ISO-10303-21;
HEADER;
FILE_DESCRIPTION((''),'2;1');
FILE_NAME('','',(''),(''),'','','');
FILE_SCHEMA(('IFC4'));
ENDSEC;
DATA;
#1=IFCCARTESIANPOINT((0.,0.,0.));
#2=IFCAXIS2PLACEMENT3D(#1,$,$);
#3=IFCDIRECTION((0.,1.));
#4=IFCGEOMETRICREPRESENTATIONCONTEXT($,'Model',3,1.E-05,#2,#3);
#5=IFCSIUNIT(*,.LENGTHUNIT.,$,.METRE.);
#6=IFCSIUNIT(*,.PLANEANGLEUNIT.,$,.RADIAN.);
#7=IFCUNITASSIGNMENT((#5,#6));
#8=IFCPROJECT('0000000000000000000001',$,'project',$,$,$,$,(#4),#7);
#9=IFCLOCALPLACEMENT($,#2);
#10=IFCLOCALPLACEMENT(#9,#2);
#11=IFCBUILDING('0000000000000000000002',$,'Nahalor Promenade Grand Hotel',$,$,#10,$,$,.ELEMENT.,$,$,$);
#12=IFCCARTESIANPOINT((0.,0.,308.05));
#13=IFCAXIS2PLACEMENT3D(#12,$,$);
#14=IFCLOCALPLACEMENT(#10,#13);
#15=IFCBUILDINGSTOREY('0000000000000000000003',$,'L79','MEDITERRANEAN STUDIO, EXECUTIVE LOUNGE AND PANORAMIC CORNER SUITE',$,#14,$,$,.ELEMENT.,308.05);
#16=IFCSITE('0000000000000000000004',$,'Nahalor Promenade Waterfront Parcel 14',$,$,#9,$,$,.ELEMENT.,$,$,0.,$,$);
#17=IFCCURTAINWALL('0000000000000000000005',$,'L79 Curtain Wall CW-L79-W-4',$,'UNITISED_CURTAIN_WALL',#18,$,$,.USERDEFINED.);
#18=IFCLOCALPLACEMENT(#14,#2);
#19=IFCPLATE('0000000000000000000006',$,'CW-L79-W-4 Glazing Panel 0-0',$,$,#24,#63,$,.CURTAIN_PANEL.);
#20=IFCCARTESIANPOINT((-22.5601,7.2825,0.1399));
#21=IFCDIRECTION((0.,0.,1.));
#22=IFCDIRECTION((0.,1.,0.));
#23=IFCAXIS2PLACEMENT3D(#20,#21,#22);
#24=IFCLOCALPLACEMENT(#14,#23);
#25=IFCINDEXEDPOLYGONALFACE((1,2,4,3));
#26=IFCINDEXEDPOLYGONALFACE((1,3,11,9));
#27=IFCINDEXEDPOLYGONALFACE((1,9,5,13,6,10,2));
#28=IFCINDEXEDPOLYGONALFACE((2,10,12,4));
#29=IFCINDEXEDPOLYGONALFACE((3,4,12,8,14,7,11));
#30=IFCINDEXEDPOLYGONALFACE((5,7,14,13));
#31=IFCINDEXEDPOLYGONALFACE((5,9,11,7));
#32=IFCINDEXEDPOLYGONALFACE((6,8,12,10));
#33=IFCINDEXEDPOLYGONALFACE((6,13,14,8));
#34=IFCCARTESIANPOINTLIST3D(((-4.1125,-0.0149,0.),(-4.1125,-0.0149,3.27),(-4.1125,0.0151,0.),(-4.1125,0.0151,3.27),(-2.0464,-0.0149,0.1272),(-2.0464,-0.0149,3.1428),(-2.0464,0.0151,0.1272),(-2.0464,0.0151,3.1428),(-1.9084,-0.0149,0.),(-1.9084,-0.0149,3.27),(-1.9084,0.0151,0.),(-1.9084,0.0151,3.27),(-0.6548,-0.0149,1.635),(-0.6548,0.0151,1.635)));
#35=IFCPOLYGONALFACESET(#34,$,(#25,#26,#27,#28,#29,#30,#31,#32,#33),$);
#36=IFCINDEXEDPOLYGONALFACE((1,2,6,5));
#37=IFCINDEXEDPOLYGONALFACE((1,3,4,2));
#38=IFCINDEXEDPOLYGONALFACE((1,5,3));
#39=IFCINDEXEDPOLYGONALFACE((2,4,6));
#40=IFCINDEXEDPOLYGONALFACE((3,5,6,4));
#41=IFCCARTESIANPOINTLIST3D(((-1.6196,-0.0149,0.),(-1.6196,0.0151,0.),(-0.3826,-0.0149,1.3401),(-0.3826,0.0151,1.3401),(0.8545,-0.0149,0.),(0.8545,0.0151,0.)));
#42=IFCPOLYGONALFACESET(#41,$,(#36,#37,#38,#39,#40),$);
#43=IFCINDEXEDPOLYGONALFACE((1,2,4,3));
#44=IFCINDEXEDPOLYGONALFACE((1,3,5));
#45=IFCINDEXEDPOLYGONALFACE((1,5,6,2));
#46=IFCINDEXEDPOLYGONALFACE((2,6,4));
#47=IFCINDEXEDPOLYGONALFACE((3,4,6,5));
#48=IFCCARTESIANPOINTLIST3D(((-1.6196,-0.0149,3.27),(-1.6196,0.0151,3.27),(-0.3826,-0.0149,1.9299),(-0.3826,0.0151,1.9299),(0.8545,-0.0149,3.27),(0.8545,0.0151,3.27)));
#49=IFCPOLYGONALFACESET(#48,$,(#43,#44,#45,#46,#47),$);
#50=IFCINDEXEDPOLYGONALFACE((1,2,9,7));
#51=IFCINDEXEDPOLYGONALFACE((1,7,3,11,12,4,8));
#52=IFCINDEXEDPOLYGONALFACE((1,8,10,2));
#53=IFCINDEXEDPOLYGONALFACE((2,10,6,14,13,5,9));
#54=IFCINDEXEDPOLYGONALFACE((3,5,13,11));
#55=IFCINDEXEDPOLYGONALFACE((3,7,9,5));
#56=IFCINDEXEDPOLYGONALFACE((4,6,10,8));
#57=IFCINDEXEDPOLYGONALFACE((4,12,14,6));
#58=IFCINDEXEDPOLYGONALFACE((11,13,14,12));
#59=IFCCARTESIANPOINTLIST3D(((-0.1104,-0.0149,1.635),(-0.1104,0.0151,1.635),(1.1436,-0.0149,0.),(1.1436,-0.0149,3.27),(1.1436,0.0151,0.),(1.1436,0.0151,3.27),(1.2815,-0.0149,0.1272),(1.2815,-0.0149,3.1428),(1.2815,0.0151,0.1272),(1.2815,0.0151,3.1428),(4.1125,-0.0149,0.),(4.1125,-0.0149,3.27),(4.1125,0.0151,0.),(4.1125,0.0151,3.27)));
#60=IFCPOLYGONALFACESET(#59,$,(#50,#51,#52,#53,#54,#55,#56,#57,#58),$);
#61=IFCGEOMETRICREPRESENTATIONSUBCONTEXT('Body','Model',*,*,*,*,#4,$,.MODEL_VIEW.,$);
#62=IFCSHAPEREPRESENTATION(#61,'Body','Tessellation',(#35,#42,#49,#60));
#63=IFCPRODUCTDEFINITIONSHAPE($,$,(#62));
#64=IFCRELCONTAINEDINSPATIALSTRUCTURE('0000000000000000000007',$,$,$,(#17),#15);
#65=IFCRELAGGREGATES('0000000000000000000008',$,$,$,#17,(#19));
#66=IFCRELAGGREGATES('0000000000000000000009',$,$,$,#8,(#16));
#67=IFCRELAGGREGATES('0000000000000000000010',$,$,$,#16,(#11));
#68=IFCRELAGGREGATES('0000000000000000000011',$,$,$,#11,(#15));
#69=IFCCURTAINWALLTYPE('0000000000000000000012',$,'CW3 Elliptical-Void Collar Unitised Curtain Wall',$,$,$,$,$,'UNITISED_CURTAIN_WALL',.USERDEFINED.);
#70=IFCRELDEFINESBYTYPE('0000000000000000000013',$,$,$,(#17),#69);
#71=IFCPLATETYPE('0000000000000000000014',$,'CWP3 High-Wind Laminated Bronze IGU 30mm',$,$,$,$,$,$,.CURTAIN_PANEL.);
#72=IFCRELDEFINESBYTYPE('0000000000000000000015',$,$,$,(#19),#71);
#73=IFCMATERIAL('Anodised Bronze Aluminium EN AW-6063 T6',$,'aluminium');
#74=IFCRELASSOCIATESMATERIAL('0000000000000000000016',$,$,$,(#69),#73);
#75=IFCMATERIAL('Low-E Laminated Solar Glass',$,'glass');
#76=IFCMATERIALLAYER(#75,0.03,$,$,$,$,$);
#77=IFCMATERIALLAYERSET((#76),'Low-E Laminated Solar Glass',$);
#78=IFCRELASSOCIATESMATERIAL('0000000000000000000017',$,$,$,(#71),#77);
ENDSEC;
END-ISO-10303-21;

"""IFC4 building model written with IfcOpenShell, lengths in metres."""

from ifc_helpers import new_model, si_unit, direction, frame, origin, place, context, subcontext, project, spatial, polyline, outline, extrude, material, layer, layer_set, type_object, element, aggregate, save


model = new_model("IFC4")

# Units and contexts
model_context = context("Model", 3, precision=1e-05, world=origin(), true_north=direction((0.0, 1.0)))
body_context = subcontext(model_context, "Body", "Model", "MODEL_VIEW")
ifc_project = project(units=[si_unit("LENGTHUNIT", "METRE"), si_unit("PLANEANGLEUNIT", "RADIAN")], contexts=[model_context])

# Site, building, storey
site_placement = place(None, origin())
site = spatial("IfcSite", under=ifc_project, at=site_placement, Name="Nahalor Promenade Waterfront Parcel 14", CompositionType="ELEMENT", RefElevation=0.0)
building_placement = place(site_placement, origin())
building = spatial("IfcBuilding", under=site, at=building_placement, Name="Nahalor Promenade Grand Hotel", CompositionType="ELEMENT")
storey_placement = place(building_placement, frame((0.0, 0.0, 308.05)))
storey = spatial("IfcBuildingStorey", under=building, at=storey_placement, Name="L79", Description="MEDITERRANEAN STUDIO, EXECUTIVE LOUNGE AND PANORAMIC CORNER SUITE", CompositionType="ELEMENT", Elevation=308.05)

# Curtain wall
ifc_material_1 = material(Name="Anodised Bronze Aluminium EN AW-6063 T6", Category="aluminium")
curtain_wall_type = type_object("IfcCurtainWallType", Name="CW3 Elliptical-Void Collar Unitised Curtain Wall", ElementType="UNITISED_CURTAIN_WALL", PredefinedType="USERDEFINED", material=ifc_material_1)
curtain_wall_1_placement = place(storey_placement, origin())
curtain_wall_1 = element("IfcCurtainWall", 1, at=curtain_wall_1_placement, inside=storey, type_object=curtain_wall_type, Name="L79 Curtain Wall CW-L79-W-4", ObjectType="UNITISED_CURTAIN_WALL", PredefinedType="USERDEFINED")

# Plate
ifc_material_2 = material(Name="Low-E Laminated Solar Glass", Category="glass")
ifc_layer_1 = layer(ifc_material_2, 0.03)
ifc_layer_set_1 = layer_set([ifc_layer_1], Name="Low-E Laminated Solar Glass")
plate_type_1 = type_object("IfcPlateType", Name="CWP3 High-Wind Laminated Bronze IGU 30mm", PredefinedType="CURTAIN_PANEL", material=ifc_layer_set_1)
plate_1_placement = place(storey_placement, frame((-22.5601, 7.2825, 0.1399), z_axis=(0.0, 0.0, 1.0), x_axis=(0.0, 1.0, 0.0)))
plate_1 = element("IfcPlate", 2, at=plate_1_placement, type_object=plate_type_1, Name="CW-L79-W-4 Glazing Panel 0-0", PredefinedType="CURTAIN_PANEL", context=body_context, shape_type="SweptSolid", body=[
    extrude(outline(polyline([(-4.1125, 3.27), (-4.1125, 0.0), (-1.9084, 0.0), (-2.0464, 0.1272), (-0.6548, 1.635), (-2.0464, 3.1428), (-1.9084, 3.27), (-4.1125, 3.27)])), frame((0.0, 0.0151, 0.0), z_axis=(0.0, -1.0, 0.0), x_axis=(1.0, 0.0, 0.0)), (0.0, 0.0, 1.0), 0.03),
    extrude(outline(polyline([(-0.3826, 1.3401), (-1.6196, 0.0), (0.8545, 0.0), (-0.3826, 1.3401)])), frame((0.0, 0.0151, 0.0), z_axis=(0.0, -1.0, 0.0), x_axis=(1.0, 0.0, 0.0)), (0.0, 0.0, 1.0), 0.03),
    extrude(outline(polyline([(-0.3826, 1.9299), (0.8545, 3.27), (-1.6196, 3.27), (-0.3826, 1.9299)])), frame((0.0, 0.0151, 0.0), z_axis=(0.0, -1.0, 0.0), x_axis=(1.0, 0.0, 0.0)), (0.0, 0.0, 1.0), 0.03),
    extrude(outline(polyline([(4.1125, 0.0), (4.1125, 3.27), (1.1436, 3.27), (1.2815, 3.1428), (-0.1104, 1.635), (1.2815, 0.1272), (1.1436, 0.0), (4.1125, 0.0)])), frame((0.0, 0.0151, 0.0), z_axis=(0.0, -1.0, 0.0), x_axis=(1.0, 0.0, 0.0)), (0.0, 0.0, 1.0), 0.03),
])
aggregate(curtain_wall_1, [plate_1])

save(model, "model.ifc")
